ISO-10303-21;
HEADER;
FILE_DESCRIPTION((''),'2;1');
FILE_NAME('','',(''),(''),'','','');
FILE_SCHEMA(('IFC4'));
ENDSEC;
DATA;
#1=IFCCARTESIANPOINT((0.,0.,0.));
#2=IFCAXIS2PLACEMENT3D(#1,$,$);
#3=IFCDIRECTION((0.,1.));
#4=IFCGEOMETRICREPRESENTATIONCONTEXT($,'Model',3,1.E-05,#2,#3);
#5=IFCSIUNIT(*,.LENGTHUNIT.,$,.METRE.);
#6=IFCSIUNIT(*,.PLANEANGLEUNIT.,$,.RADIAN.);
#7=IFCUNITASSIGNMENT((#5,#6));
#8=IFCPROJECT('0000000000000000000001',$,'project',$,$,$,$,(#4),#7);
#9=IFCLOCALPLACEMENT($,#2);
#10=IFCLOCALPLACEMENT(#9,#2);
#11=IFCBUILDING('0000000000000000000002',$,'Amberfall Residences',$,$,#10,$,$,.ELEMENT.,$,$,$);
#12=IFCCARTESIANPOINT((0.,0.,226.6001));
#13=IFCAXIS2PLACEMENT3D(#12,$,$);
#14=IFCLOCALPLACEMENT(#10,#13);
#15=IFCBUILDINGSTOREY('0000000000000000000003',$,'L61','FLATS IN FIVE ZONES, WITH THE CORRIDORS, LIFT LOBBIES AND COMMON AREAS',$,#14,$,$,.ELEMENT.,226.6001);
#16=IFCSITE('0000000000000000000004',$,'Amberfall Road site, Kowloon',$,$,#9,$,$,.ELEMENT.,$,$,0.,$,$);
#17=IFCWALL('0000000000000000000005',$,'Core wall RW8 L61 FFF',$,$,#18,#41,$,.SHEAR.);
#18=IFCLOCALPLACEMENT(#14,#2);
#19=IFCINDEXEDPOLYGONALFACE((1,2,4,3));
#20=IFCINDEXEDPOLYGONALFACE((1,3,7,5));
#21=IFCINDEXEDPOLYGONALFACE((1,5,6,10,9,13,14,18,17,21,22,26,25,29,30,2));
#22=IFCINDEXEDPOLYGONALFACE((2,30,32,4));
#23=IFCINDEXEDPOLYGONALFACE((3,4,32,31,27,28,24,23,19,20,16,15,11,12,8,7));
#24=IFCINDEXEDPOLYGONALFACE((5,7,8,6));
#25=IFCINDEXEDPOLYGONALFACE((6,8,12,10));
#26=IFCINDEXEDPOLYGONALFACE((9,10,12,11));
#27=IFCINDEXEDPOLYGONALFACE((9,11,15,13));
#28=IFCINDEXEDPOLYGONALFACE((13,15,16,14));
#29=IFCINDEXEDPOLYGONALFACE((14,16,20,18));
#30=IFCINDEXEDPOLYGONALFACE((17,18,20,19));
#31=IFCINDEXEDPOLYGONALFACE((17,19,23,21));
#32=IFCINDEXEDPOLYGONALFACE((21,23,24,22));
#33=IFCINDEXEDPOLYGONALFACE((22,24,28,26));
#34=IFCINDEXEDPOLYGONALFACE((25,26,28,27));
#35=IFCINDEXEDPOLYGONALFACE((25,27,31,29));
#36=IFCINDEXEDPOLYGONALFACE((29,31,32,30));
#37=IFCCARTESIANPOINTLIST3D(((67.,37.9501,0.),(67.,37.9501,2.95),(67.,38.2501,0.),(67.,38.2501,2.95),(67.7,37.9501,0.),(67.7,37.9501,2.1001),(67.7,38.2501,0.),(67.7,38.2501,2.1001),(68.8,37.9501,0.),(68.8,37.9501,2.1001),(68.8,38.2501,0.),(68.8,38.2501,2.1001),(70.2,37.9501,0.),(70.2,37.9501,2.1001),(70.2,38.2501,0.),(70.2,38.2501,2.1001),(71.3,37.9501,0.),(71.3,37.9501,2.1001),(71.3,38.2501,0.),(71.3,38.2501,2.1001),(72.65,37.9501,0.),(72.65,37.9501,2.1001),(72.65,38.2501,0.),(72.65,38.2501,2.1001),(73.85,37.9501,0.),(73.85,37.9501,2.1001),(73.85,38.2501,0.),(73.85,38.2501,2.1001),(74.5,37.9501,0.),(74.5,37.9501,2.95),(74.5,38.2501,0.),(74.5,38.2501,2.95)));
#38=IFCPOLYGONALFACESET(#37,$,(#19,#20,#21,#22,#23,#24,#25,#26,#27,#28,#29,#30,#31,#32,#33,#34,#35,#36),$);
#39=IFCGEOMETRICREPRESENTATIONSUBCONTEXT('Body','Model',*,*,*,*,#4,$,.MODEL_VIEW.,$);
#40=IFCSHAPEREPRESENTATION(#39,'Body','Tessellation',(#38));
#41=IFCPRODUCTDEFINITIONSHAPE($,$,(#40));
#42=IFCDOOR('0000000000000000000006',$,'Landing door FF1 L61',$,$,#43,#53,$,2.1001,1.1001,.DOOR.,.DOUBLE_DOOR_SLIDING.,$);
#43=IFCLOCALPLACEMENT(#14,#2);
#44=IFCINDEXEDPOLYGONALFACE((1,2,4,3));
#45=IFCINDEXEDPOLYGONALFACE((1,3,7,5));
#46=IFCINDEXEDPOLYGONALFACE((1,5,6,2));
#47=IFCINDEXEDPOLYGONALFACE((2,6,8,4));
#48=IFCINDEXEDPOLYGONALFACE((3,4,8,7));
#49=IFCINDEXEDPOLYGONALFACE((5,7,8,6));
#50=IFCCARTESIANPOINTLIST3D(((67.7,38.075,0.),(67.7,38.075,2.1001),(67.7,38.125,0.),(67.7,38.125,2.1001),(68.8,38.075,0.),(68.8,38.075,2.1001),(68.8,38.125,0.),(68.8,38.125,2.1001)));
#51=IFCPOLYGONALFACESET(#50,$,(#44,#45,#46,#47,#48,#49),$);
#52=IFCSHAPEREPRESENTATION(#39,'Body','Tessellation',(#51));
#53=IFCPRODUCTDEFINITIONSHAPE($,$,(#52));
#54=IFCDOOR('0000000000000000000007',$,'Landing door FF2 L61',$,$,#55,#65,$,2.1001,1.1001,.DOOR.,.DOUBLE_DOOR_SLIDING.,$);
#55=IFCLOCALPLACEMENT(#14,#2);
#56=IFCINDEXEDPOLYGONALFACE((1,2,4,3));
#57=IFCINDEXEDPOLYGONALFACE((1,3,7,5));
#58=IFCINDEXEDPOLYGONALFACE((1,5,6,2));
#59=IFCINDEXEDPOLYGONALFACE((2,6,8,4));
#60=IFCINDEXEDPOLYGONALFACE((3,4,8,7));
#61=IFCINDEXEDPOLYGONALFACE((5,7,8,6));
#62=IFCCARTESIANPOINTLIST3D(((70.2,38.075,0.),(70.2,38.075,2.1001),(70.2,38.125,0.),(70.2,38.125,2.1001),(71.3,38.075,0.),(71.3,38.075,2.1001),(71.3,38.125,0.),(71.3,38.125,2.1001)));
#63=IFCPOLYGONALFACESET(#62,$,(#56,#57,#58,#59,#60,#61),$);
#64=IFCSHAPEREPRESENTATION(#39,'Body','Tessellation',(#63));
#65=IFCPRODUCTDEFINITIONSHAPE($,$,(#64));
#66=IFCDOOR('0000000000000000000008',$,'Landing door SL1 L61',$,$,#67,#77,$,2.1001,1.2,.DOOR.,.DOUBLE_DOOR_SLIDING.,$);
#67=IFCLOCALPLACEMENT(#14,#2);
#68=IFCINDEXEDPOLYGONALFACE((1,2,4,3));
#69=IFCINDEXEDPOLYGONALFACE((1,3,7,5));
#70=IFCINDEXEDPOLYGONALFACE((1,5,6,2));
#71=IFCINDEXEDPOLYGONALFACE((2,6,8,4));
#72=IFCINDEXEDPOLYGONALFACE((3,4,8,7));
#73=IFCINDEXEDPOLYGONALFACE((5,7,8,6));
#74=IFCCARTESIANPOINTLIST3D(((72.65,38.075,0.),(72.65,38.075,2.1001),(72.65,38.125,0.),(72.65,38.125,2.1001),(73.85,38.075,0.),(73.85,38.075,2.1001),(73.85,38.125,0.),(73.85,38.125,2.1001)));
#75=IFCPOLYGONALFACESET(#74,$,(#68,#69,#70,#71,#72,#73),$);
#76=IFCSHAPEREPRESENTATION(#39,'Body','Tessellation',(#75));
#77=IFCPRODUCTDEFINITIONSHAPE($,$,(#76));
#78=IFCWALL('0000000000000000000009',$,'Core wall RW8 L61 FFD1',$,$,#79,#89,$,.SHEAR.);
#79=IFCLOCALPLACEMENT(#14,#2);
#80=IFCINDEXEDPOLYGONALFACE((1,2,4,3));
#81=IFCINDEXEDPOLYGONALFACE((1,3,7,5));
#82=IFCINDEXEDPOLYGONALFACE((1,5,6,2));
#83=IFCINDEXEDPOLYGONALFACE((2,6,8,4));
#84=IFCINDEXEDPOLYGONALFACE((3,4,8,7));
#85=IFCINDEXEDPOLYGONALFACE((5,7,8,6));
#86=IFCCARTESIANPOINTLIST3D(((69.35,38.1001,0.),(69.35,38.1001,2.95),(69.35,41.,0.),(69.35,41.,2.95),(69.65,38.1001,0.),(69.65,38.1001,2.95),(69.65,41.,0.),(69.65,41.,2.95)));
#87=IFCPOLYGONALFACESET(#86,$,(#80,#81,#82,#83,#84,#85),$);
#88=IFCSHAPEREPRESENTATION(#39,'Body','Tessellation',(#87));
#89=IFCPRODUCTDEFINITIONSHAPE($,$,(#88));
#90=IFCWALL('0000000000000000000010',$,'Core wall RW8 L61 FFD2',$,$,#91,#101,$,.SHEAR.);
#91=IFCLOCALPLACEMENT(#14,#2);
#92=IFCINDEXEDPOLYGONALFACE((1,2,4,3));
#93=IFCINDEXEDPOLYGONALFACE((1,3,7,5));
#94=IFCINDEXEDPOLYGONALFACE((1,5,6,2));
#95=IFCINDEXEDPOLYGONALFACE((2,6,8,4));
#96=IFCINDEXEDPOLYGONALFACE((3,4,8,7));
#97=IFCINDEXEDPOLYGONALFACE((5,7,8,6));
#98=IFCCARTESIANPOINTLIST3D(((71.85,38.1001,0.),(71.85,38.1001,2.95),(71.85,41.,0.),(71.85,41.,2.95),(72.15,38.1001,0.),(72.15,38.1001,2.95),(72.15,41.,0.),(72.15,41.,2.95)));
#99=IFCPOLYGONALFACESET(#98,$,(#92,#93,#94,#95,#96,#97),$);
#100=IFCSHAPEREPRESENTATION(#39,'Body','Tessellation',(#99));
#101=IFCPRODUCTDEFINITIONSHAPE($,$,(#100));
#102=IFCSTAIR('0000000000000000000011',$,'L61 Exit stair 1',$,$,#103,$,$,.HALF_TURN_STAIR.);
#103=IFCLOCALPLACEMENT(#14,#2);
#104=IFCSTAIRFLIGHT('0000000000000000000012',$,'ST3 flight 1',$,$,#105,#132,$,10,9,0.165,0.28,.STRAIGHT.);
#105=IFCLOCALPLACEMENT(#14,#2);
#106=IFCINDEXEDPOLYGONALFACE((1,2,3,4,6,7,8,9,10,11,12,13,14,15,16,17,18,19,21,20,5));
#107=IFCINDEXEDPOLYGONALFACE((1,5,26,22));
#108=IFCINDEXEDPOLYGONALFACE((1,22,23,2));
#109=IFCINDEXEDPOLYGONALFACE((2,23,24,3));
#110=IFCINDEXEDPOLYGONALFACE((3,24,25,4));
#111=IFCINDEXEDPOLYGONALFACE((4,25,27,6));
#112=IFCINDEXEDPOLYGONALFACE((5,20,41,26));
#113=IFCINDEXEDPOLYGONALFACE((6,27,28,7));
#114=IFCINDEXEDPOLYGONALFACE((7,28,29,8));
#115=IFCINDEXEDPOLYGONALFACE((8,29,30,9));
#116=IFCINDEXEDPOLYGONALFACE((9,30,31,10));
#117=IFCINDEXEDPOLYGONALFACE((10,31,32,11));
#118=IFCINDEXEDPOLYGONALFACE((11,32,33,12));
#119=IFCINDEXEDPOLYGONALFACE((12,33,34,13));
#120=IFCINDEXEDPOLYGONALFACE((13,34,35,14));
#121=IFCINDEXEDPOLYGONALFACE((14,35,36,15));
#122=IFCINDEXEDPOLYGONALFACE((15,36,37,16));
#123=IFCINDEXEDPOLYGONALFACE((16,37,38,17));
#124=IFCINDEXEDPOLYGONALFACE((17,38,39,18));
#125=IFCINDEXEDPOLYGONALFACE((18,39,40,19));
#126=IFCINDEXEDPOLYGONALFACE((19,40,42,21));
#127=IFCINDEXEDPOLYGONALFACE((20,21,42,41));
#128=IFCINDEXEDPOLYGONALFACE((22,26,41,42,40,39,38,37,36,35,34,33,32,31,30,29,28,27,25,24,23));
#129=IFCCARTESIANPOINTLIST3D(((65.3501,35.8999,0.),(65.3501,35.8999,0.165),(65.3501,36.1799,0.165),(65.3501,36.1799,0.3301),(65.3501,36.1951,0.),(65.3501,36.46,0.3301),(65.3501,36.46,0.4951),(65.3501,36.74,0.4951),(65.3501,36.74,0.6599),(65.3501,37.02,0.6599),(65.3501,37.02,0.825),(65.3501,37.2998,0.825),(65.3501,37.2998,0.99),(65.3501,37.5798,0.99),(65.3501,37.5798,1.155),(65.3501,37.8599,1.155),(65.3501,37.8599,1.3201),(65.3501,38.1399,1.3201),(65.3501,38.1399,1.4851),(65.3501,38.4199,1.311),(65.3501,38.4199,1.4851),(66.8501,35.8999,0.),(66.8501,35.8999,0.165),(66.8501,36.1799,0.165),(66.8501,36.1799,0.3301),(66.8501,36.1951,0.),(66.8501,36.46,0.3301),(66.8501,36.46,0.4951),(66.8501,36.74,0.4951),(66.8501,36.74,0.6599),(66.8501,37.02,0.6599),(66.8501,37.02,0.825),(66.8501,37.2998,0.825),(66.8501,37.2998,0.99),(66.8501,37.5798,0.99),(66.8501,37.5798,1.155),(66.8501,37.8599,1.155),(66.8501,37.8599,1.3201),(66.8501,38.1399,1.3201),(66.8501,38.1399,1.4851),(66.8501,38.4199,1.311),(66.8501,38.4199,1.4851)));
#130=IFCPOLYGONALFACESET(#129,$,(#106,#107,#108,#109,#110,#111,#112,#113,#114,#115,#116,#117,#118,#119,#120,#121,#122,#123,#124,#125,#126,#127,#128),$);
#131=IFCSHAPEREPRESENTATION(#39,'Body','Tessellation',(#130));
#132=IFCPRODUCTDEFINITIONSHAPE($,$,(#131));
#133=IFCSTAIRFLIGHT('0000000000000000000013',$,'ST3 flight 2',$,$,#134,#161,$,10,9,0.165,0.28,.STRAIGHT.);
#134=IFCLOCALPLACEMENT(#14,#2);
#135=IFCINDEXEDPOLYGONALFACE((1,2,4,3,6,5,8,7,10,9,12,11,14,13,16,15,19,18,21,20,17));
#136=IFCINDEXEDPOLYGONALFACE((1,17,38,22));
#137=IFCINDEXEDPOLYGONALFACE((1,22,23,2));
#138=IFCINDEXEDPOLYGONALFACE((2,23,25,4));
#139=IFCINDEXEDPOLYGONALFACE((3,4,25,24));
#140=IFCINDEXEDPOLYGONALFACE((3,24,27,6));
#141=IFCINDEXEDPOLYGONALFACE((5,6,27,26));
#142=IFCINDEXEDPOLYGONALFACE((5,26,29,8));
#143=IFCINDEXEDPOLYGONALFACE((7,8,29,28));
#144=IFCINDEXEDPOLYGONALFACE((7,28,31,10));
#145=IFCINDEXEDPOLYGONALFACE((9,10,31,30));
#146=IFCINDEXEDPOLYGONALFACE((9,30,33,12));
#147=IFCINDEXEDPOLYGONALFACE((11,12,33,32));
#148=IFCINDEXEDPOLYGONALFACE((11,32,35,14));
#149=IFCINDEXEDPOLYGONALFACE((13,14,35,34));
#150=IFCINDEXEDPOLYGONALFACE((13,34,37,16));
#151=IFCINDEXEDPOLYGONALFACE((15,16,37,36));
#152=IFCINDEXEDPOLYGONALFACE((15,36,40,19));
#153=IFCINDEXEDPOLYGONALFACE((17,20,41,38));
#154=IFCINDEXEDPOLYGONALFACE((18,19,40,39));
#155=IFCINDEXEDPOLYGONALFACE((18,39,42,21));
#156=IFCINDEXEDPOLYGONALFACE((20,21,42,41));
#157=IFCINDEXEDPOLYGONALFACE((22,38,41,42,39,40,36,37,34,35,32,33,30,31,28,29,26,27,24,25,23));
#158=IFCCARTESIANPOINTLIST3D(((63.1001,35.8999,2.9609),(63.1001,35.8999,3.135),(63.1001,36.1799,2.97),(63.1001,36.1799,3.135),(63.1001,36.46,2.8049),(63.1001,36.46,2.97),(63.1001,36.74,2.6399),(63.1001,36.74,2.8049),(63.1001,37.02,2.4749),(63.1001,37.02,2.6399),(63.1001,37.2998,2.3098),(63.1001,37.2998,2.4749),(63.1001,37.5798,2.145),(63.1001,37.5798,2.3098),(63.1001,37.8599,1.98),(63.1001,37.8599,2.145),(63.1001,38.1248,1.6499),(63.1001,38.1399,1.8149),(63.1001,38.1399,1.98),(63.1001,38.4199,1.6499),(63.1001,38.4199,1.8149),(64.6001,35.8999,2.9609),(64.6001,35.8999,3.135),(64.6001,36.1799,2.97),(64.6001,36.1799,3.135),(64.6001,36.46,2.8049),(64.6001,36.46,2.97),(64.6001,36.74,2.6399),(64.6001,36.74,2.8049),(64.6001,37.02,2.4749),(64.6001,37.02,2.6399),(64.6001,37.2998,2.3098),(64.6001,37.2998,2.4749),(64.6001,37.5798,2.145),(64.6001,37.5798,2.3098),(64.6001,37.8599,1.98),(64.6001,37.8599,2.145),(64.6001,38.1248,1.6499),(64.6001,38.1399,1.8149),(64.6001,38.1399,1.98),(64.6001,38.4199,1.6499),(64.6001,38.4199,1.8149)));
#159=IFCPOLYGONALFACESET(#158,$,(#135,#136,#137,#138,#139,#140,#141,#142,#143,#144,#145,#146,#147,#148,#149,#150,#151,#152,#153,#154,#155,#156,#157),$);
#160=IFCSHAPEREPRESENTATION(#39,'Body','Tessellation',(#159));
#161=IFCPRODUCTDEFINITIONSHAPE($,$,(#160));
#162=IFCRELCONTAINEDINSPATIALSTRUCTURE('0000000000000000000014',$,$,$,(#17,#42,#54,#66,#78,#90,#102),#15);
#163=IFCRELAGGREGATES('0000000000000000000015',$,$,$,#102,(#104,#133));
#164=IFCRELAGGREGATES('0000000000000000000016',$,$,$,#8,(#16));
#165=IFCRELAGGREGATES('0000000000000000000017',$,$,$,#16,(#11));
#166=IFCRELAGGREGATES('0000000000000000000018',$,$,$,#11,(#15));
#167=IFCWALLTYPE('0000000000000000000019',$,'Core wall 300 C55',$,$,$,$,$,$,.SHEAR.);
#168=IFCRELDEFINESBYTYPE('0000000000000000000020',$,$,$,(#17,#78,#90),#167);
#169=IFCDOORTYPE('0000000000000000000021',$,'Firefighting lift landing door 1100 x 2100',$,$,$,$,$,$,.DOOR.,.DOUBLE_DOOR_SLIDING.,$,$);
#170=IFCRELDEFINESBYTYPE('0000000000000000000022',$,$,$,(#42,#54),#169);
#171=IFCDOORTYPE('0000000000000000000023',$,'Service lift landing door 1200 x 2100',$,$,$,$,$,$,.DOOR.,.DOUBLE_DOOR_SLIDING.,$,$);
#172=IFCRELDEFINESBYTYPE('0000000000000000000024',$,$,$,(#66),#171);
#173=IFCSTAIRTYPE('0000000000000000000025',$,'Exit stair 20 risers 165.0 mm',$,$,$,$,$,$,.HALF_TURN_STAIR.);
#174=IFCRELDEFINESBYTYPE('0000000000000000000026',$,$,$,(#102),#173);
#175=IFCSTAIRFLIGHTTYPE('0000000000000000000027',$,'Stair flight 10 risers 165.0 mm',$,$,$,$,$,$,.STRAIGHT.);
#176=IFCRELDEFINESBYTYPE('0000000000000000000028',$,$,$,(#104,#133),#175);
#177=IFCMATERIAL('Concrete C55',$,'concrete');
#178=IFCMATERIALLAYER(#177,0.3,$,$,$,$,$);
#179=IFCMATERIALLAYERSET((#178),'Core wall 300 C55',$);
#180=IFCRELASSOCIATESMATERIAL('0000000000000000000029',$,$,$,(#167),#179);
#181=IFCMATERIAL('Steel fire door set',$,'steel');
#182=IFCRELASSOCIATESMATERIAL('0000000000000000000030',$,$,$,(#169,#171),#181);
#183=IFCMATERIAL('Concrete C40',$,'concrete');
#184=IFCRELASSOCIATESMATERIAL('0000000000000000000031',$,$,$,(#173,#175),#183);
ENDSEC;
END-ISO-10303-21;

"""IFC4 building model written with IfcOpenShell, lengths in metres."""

from ifc_helpers import new_model, si_unit, direction, frame, frame_2d, origin, place, context, subcontext, project, spatial, polyline, rectangle, outline, extrude, material, layer, layer_set, type_object, element, fill, aggregate, save


model = new_model("IFC4")

# Units and contexts
model_context = context("Model", 3, precision=1e-05, world=origin(), true_north=direction((0.0, 1.0)))
body_context = subcontext(model_context, "Body", "Model", "MODEL_VIEW")
ifc_project = project(units=[si_unit("LENGTHUNIT", "METRE"), si_unit("PLANEANGLEUNIT", "RADIAN")], contexts=[model_context])

# Site, building, storey
site_placement = place(None, origin())
site = spatial("IfcSite", under=ifc_project, at=site_placement, Name="Amberfall Road site, Kowloon", CompositionType="ELEMENT", RefElevation=0.0)
building_placement = place(site_placement, origin())
building = spatial("IfcBuilding", under=site, at=building_placement, Name="Amberfall Residences", CompositionType="ELEMENT")
storey_placement = place(building_placement, frame((0.0, 0.0, 226.6001)))
storey = spatial("IfcBuildingStorey", under=building, at=storey_placement, Name="L61", Description="FLATS IN FIVE ZONES, WITH THE CORRIDORS, LIFT LOBBIES AND COMMON AREAS", CompositionType="ELEMENT", Elevation=226.6001)

# Shared definitions
ifc_material_1 = material(Name="Concrete C55", Category="concrete")
ifc_layer = layer(ifc_material_1, 0.3)
ifc_layer_set = layer_set([ifc_layer], Name="Core wall 300 C55")
wall_type = type_object("IfcWallType", Name="Core wall 300 C55", PredefinedType="SHEAR", material=ifc_layer_set)

# Shared definitions
ifc_material_2 = material(Name="Steel fire door set", Category="steel")

# Wall, openings, doors
wall_1_placement = place(storey_placement, frame((67.0, 38.1001, 0.0), z_axis=(0.0, 0.0, 1.0), x_axis=(1.0, 0.0, 0.0)))
wall_1 = element("IfcWall", 1, at=wall_1_placement, inside=storey, type_object=wall_type, Name="Core wall RW8 L61 FFF", PredefinedType="SHEAR", context=body_context, shape_type="SweptSolid", body=[
    extrude(rectangle(XDim=7.5, YDim=0.3, at=frame_2d((3.75, 0.0))), origin(), (0.0, 0.0, 1.0), 2.95),
])
opening_1_placement = place(wall_1_placement, frame((0.7, 0.0, 0.0)))
opening_1 = element("IfcOpeningElement", 2, at=opening_1_placement, cuts=wall_1, PredefinedType="OPENING", context=body_context, shape_type="SweptSolid", body=[
    extrude(rectangle(XDim=1.1001, YDim=2.1001, at=frame_2d((0.55, 1.05))), frame((0.0, 0.1599, 0.0), z_axis=(0.0, -1.0, 0.0), x_axis=(1.0, 0.0, 0.0)), (0.0, 0.0, 1.0), 0.3201),
])
opening_2_placement = place(wall_1_placement, frame((3.2, 0.0, 0.0)))
opening_2 = element("IfcOpeningElement", 3, at=opening_2_placement, cuts=wall_1, PredefinedType="OPENING", context=body_context, shape_type="SweptSolid", body=[
    extrude(rectangle(XDim=1.1001, YDim=2.1001, at=frame_2d((0.55, 1.05))), frame((0.0, 0.1599, 0.0), z_axis=(0.0, -1.0, 0.0), x_axis=(1.0, 0.0, 0.0)), (0.0, 0.0, 1.0), 0.3201),
])
opening_3_placement = place(wall_1_placement, frame((5.6499, 0.0, 0.0)))
opening_3 = element("IfcOpeningElement", 4, at=opening_3_placement, cuts=wall_1, PredefinedType="OPENING", context=body_context, shape_type="SweptSolid", body=[
    extrude(rectangle(XDim=1.2, YDim=2.1001, at=frame_2d((0.6001, 1.05))), frame((0.0, 0.1599, 0.0), z_axis=(0.0, -1.0, 0.0), x_axis=(1.0, 0.0, 0.0)), (0.0, 0.0, 1.0), 0.3201),
])
door_type_1 = type_object("IfcDoorType", Name="Firefighting lift landing door 1100 x 2100", OperationType="DOUBLE_DOOR_SLIDING", PredefinedType="DOOR", material=ifc_material_2)
door_1_placement = place(opening_1_placement, origin())
door_1 = element("IfcDoor", 5, at=door_1_placement, inside=storey, type_object=door_type_1, Name="Landing door FF1 L61", OperationType="DOUBLE_DOOR_SLIDING", OverallHeight=2.1001, OverallWidth=1.1001, PredefinedType="DOOR", context=body_context, shape_type="SweptSolid", body=[
    extrude(rectangle(XDim=1.1001, YDim=2.1001, at=frame_2d((0.55, 1.05))), frame((0.0, 0.0249, 0.0), z_axis=(0.0, -1.0, 0.0), x_axis=(1.0, 0.0, 0.0)), (0.0, 0.0, 1.0), 0.05),
])
fill(opening_1, door_1)
door_2_placement = place(opening_2_placement, origin())
door_2 = element("IfcDoor", 6, at=door_2_placement, inside=storey, type_object=door_type_1, Name="Landing door FF2 L61", OperationType="DOUBLE_DOOR_SLIDING", OverallHeight=2.1001, OverallWidth=1.1001, PredefinedType="DOOR", context=body_context, shape_type="SweptSolid", body=[
    extrude(rectangle(XDim=1.1001, YDim=2.1001, at=frame_2d((0.55, 1.05))), frame((0.0, 0.0249, 0.0), z_axis=(0.0, -1.0, 0.0), x_axis=(1.0, 0.0, 0.0)), (0.0, 0.0, 1.0), 0.05),
])
fill(opening_2, door_2)
door_type_2 = type_object("IfcDoorType", Name="Service lift landing door 1200 x 2100", OperationType="DOUBLE_DOOR_SLIDING", PredefinedType="DOOR", material=ifc_material_2)
door_3_placement = place(opening_3_placement, origin())
door_3 = element("IfcDoor", 7, at=door_3_placement, inside=storey, type_object=door_type_2, Name="Landing door SL1 L61", OperationType="DOUBLE_DOOR_SLIDING", OverallHeight=2.1001, OverallWidth=1.2, PredefinedType="DOOR", context=body_context, shape_type="SweptSolid", body=[
    extrude(rectangle(XDim=1.2, YDim=2.1001, at=frame_2d((0.6001, 1.05))), frame((0.0, 0.0249, 0.0), z_axis=(0.0, -1.0, 0.0), x_axis=(1.0, 0.0, 0.0)), (0.0, 0.0, 1.0), 0.05),
])
fill(opening_3, door_3)

# Walls
for number, where, z_axis, x_axis, name in (
    (8, (69.5, 38.1001, 0.0), (0.0, 0.0, 1.0), (0.0, 1.0, 0.0), "Core wall RW8 L61 FFD1"),
    (9, (72.0, 38.1001, 0.0), (0.0, 0.0, 1.0), (0.0, 1.0, 0.0), "Core wall RW8 L61 FFD2"),
):
    element("IfcWall", number, at=place(storey_placement, frame(where, z_axis=z_axis, x_axis=x_axis)), inside=storey, type_object=wall_type, Name=name, PredefinedType="SHEAR", context=body_context, shape_type="SweptSolid", body=[
        extrude(rectangle(XDim=2.8999, YDim=0.3, at=frame_2d((1.45, 0.0))), origin(), (0.0, 0.0, 1.0), 2.95),
    ])

# Stair, stair flights
ifc_material_3 = material(Name="Concrete C40", Category="concrete")
stair_type = type_object("IfcStairType", Name="Exit stair 20 risers 165.0 mm", PredefinedType="HALF_TURN_STAIR", material=ifc_material_3)
stair_placement = place(storey_placement, origin())
stair = element("IfcStair", 10, at=stair_placement, inside=storey, type_object=stair_type, Name="L61 Exit stair 1", PredefinedType="HALF_TURN_STAIR")
stair_flight_type = type_object("IfcStairFlightType", Name="Stair flight 10 risers 165.0 mm", PredefinedType="STRAIGHT", material=ifc_material_3)
stair_flight_1_placement = place(storey_placement, frame((66.1001, 35.8999, 0.0), z_axis=(0.0, 0.0, 1.0), x_axis=(0.0, 1.0, 0.0)))
stair_flight_1 = element("IfcStairFlight", 11, at=stair_flight_1_placement, type_object=stair_flight_type, Name="ST3 flight 1", NumberOfRisers=10, NumberOfTreads=9, PredefinedType="STRAIGHT", RiserHeight=0.165, TreadLength=0.28, context=body_context, shape_type="SweptSolid", body=[
    extrude(outline(polyline([(0.0, 0.0), (0.0, 0.165), (0.28, 0.165), (0.28, 0.3301), (0.5601, 0.3301), (0.5601, 0.4951), (0.8401, 0.4951), (0.8401, 0.6599), (1.1201, 0.6599), (1.1201, 0.825), (1.3999, 0.825), (1.3999, 0.99), (1.6799, 0.99), (1.6799, 1.155), (1.96, 1.155), (1.96, 1.3201), (2.24, 1.3201), (2.24, 1.4851), (2.52, 1.4851), (2.52, 1.6499), (2.52, 1.311), (0.2952, 0.0), (0.0, 0.0)])), frame((0.0, 0.75, 0.0), z_axis=(0.0, -1.0, 0.0), x_axis=(1.0, 0.0, 0.0)), (0.0, 0.0, 1.0), 1.5),
])
stair_flight_2_placement = place(storey_placement, frame((63.8501, 38.4199, 1.6499), z_axis=(0.0, 0.0, 1.0), x_axis=(0.0, -1.0, 0.0)))
stair_flight_2 = element("IfcStairFlight", 12, at=stair_flight_2_placement, type_object=stair_flight_type, Name="ST3 flight 2", NumberOfRisers=10, NumberOfTreads=9, PredefinedType="STRAIGHT", RiserHeight=0.165, TreadLength=0.28, context=body_context, shape_type="SweptSolid", body=[
    extrude(outline(polyline([(0.0, 0.0), (0.0, 0.165), (0.28, 0.165), (0.28, 0.3301), (0.5601, 0.3301), (0.5601, 0.4951), (0.8401, 0.4951), (0.8401, 0.6599), (1.1201, 0.6599), (1.1201, 0.825), (1.3999, 0.825), (1.3999, 0.99), (1.6799, 0.99), (1.6799, 1.155), (1.96, 1.155), (1.96, 1.3201), (2.24, 1.3201), (2.24, 1.4851), (2.52, 1.4851), (2.52, 1.6499), (2.52, 1.311), (0.2952, 0.0), (0.0, 0.0)])), frame((0.0, 0.75, 0.0), z_axis=(0.0, -1.0, 0.0), x_axis=(1.0, 0.0, 0.0)), (0.0, 0.0, 1.0), 1.5),
])
aggregate(stair, [stair_flight_1, stair_flight_2])

save(model, "model.ifc")
